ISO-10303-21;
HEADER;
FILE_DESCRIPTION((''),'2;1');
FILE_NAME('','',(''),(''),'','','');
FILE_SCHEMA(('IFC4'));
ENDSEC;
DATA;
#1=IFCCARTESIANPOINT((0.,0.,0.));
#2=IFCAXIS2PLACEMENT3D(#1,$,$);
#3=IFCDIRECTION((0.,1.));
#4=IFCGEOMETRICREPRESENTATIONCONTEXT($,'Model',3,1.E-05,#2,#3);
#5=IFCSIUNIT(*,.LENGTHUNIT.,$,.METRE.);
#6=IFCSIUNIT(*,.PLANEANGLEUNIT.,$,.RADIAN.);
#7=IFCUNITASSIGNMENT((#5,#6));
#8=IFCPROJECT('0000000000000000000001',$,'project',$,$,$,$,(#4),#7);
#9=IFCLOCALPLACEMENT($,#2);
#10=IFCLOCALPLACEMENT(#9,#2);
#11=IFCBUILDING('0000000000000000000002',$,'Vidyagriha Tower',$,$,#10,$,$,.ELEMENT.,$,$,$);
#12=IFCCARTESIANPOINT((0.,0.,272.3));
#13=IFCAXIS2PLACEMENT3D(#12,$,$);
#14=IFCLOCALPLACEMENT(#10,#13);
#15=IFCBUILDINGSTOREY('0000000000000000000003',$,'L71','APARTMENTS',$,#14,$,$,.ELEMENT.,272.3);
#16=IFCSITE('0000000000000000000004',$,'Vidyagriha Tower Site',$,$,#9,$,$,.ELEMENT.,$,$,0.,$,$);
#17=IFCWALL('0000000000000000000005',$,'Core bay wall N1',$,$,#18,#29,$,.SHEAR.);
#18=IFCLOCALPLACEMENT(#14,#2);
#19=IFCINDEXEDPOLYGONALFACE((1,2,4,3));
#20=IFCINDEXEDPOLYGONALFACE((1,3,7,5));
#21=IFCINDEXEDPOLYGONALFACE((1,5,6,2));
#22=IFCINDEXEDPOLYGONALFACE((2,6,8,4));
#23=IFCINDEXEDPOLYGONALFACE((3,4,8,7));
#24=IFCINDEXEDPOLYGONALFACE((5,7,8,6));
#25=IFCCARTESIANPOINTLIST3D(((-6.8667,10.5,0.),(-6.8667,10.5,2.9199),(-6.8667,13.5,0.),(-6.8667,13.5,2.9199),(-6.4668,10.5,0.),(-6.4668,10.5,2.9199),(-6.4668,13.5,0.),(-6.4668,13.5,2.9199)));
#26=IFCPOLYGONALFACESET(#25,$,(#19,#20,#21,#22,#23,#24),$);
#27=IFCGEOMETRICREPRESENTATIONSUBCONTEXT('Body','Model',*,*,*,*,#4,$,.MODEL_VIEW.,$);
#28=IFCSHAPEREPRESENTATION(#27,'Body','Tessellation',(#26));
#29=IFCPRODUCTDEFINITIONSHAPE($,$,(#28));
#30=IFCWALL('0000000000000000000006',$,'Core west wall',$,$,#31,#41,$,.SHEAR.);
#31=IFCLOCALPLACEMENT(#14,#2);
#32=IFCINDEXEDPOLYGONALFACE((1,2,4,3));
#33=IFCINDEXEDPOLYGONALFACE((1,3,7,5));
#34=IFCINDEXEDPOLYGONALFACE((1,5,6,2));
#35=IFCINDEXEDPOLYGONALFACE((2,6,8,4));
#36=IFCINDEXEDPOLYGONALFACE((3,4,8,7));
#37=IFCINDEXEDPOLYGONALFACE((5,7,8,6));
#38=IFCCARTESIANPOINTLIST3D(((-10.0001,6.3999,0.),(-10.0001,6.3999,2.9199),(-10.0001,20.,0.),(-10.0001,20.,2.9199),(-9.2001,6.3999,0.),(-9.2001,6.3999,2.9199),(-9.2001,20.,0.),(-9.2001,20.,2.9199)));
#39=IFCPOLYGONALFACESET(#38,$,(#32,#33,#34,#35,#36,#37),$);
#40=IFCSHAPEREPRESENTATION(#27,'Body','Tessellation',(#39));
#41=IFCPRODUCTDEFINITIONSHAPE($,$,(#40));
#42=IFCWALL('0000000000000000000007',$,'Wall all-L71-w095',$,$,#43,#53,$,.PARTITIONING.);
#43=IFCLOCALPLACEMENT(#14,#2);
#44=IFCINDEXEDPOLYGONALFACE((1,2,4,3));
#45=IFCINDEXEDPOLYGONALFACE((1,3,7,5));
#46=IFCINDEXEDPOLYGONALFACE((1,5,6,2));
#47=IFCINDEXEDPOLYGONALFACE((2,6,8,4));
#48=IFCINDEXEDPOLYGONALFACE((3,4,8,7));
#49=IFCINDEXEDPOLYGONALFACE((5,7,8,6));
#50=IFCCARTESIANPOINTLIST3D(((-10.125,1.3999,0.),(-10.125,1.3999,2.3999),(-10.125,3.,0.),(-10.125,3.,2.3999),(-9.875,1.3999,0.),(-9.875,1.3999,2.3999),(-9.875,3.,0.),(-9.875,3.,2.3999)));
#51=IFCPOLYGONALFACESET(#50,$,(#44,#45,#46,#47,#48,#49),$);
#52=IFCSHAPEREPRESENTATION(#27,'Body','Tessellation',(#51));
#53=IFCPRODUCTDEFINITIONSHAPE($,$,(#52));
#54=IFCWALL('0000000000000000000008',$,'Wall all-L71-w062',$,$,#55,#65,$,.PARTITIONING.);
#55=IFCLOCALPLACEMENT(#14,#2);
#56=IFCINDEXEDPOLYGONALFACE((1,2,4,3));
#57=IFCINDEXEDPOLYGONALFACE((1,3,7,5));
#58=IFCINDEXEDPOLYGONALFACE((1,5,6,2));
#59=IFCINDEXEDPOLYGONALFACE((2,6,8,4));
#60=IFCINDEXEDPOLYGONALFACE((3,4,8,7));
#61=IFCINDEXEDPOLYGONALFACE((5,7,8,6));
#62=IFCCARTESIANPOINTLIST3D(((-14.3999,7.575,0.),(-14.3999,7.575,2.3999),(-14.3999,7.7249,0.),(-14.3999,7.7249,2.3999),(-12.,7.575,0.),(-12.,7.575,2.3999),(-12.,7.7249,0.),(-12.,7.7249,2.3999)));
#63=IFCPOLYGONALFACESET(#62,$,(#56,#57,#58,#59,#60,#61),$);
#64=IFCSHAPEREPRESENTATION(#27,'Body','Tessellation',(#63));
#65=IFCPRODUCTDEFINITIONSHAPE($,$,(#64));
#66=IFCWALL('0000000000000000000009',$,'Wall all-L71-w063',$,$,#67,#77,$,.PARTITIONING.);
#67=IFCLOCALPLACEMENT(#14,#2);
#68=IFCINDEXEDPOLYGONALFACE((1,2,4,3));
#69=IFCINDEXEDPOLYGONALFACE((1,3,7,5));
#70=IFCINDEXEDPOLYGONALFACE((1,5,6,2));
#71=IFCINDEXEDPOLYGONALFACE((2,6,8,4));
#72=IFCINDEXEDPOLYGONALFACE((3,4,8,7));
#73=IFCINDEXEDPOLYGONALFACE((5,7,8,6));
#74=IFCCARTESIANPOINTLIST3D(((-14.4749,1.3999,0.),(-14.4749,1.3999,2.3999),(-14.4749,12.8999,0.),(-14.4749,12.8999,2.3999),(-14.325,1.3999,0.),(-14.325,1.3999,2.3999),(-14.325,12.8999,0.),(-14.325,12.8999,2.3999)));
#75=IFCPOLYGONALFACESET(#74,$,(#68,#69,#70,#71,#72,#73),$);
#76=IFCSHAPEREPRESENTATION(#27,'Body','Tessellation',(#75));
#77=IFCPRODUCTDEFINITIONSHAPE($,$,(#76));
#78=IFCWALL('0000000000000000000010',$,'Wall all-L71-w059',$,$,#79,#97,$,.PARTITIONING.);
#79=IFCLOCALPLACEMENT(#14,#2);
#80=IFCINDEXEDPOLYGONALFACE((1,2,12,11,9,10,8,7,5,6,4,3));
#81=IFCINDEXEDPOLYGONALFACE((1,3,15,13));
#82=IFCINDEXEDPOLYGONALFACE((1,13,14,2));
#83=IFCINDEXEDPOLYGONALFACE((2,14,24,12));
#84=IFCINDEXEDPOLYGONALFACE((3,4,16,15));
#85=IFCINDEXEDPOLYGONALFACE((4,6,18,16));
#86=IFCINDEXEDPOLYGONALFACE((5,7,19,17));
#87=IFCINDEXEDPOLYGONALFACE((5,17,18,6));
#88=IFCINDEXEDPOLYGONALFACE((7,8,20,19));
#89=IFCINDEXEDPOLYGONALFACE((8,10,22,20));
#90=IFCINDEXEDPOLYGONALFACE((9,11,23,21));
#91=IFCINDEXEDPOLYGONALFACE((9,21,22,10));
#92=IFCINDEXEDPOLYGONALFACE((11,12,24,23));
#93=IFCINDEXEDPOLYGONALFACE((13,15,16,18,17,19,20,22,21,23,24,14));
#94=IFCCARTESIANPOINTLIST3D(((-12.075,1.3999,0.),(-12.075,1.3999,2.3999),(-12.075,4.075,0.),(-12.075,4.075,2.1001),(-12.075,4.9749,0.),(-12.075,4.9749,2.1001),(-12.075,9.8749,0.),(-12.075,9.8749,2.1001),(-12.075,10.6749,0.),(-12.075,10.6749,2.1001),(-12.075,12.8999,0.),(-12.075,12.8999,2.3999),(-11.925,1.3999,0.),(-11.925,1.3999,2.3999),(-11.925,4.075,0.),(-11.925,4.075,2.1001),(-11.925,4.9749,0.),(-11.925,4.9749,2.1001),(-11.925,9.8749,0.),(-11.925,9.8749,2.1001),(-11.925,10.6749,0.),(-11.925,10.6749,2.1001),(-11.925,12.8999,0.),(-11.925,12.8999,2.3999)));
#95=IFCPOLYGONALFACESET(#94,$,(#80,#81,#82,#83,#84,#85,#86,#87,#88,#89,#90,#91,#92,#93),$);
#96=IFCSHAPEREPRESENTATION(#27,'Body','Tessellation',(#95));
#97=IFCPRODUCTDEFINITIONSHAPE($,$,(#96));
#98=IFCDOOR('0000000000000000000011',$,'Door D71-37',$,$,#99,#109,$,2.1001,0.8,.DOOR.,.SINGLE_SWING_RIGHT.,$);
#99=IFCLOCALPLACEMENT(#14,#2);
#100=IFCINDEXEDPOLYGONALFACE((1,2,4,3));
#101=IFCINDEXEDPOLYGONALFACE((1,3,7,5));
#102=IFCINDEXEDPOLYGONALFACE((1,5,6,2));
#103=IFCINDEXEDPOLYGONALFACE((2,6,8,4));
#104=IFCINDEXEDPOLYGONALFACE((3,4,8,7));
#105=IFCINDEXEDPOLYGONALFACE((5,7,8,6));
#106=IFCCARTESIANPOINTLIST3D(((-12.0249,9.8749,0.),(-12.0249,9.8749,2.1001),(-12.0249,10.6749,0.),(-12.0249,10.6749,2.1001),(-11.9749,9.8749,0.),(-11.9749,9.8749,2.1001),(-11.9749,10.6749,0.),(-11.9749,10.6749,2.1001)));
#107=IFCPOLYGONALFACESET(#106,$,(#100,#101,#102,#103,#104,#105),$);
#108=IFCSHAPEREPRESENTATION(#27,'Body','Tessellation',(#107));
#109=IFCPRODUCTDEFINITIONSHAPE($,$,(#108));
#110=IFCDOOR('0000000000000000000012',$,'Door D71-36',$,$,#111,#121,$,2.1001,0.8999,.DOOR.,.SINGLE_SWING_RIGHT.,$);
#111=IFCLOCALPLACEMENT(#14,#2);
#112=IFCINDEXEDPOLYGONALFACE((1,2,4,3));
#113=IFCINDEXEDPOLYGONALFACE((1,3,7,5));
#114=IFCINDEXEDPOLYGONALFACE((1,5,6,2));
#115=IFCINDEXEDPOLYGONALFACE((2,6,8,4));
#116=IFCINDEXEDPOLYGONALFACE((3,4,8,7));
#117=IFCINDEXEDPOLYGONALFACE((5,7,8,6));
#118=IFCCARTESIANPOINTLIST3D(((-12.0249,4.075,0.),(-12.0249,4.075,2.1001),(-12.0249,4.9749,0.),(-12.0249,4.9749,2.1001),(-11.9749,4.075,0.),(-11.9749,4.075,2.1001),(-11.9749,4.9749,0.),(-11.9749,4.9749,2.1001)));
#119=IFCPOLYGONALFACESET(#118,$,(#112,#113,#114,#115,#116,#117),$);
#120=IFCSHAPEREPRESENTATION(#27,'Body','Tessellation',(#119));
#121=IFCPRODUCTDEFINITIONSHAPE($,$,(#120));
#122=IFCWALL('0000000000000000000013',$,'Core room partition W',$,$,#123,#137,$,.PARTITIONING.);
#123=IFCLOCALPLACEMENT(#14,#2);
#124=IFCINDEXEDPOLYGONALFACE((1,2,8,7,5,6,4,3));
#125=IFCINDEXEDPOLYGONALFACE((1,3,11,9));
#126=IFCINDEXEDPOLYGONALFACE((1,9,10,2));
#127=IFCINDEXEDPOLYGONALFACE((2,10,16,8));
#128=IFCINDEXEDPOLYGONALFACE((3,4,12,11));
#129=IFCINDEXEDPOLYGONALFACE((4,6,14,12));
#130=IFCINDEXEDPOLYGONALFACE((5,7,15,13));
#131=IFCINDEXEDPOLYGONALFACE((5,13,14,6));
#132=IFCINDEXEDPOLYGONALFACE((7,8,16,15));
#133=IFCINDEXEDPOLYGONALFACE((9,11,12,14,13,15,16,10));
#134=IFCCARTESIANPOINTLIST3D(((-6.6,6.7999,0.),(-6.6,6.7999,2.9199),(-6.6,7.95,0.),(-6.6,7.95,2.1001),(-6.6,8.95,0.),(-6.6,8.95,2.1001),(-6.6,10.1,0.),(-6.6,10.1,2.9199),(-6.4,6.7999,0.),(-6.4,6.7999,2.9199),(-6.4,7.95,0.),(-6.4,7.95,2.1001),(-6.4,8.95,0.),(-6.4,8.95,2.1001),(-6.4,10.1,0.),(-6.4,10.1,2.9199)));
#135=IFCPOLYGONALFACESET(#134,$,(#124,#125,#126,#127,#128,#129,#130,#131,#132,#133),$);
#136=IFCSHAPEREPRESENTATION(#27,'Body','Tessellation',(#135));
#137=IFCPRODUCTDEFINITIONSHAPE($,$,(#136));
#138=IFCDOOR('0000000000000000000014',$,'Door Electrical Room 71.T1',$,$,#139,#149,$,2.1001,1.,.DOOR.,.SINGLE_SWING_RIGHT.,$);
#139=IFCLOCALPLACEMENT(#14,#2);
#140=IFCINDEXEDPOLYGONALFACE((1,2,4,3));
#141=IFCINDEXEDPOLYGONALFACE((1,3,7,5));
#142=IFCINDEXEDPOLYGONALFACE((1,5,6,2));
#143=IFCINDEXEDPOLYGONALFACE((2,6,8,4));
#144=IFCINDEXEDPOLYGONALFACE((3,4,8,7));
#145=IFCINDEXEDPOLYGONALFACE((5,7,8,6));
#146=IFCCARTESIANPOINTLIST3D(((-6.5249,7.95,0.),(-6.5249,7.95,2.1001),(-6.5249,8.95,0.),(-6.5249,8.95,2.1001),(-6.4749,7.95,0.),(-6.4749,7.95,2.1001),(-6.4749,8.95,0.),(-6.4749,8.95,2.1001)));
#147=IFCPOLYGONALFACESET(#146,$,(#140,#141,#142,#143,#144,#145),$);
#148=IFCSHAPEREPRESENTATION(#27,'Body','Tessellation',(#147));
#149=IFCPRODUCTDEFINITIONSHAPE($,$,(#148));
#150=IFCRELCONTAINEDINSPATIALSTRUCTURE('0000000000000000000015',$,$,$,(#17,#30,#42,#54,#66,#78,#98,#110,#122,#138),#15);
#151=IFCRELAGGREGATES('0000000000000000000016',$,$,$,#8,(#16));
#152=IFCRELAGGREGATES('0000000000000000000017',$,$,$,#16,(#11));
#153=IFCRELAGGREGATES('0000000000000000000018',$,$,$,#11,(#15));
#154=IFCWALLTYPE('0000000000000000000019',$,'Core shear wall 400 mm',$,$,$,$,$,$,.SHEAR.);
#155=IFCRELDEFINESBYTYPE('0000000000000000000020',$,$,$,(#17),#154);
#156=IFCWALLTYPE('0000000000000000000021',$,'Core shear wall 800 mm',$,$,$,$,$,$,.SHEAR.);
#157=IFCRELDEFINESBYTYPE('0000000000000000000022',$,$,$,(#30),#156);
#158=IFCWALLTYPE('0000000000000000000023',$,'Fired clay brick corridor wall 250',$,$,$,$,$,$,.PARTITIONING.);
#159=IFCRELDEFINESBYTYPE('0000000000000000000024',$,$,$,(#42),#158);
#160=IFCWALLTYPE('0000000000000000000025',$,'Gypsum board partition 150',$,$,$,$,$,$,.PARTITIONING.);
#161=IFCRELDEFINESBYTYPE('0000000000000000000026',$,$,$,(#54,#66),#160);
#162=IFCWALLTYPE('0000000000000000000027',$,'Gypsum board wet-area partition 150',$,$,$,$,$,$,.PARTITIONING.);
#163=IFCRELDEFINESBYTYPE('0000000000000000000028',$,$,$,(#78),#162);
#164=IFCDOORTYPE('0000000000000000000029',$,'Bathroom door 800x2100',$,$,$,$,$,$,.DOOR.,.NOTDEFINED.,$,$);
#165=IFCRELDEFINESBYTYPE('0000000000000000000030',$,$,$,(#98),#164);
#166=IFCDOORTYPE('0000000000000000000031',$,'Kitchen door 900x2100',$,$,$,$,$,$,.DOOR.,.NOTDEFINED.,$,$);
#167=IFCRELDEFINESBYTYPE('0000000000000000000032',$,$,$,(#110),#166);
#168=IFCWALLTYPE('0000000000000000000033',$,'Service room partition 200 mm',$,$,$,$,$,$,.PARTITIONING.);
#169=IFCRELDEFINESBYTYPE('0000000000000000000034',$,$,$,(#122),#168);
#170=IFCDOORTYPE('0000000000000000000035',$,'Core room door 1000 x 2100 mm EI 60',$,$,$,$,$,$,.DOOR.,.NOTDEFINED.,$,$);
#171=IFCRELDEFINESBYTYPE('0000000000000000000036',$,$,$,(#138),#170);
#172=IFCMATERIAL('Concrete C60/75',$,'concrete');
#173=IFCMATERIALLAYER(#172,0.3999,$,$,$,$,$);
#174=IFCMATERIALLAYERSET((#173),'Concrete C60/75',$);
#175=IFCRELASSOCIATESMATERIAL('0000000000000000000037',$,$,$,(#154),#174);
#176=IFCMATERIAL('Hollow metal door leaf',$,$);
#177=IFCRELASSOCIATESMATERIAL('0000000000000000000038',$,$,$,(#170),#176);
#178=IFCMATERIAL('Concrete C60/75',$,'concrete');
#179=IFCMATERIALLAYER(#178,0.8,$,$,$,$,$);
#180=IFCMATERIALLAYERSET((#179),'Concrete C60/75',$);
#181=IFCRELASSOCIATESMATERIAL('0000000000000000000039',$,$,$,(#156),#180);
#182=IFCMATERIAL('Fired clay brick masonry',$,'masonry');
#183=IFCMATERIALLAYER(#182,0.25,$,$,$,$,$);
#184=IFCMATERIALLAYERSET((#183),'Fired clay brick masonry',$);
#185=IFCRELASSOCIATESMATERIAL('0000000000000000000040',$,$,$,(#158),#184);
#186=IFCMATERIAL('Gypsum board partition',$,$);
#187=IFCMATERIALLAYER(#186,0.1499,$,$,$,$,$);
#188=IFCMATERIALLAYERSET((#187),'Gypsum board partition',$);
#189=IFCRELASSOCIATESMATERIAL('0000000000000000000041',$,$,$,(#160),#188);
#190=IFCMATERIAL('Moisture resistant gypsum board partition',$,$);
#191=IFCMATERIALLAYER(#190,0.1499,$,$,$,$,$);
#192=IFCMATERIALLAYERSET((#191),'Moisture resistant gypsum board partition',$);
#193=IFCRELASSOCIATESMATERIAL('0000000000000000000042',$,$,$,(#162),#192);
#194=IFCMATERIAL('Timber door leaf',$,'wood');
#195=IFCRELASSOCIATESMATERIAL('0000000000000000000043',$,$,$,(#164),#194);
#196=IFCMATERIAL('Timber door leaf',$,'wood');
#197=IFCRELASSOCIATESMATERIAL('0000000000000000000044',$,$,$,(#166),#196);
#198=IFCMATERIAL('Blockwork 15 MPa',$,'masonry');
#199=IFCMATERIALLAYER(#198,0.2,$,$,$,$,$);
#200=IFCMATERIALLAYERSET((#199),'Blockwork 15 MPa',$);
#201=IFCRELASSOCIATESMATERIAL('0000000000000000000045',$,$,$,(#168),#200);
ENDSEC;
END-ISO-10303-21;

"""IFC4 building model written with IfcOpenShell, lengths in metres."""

from ifc_helpers import new_model, si_unit, direction, frame, frame_2d, origin, place, context, subcontext, project, spatial, rectangle, extrude, material, layer, layer_set, type_object, element, fill, save


model = new_model("IFC4")

# Units and contexts
model_context = context("Model", 3, precision=1e-05, world=origin(), true_north=direction((0.0, 1.0)))
body_context = subcontext(model_context, "Body", "Model", "MODEL_VIEW")
ifc_project = project(units=[si_unit("LENGTHUNIT", "METRE"), si_unit("PLANEANGLEUNIT", "RADIAN")], contexts=[model_context])

# Site, building, storey
site_placement = place(None, origin())
site = spatial("IfcSite", under=ifc_project, at=site_placement, Name="Vidyagriha Tower Site", CompositionType="ELEMENT", RefElevation=0.0)
building_placement = place(site_placement, origin())
building = spatial("IfcBuilding", under=site, at=building_placement, Name="Vidyagriha Tower", CompositionType="ELEMENT")
storey_placement = place(building_placement, frame((0.0, 0.0, 272.3)))
storey = spatial("IfcBuildingStorey", under=building, at=storey_placement, Name="L71", Description="APARTMENTS", CompositionType="ELEMENT", Elevation=272.3)

# Shared definitions
ifc_material_1 = material(Name="Concrete C60/75", Category="concrete")
ifc_layer_1 = layer(ifc_material_1, 0.3999)
ifc_layer_set_1 = layer_set([ifc_layer_1], Name="Concrete C60/75")
wall_type_1 = type_object("IfcWallType", Name="Core shear wall 400 mm", PredefinedType="SHEAR", material=ifc_layer_set_1)
ifc_material_2 = material(Name="Hollow metal door leaf")
door_type_1 = type_object("IfcDoorType", Name="Core room door 1000 x 2100 mm EI 60", OperationType="NOTDEFINED", PredefinedType="DOOR", material=ifc_material_2)

# Walls
wall_1_placement = place(storey_placement, frame((-6.6667, 10.5, 0.0), z_axis=(0.0, 0.0, 1.0), x_axis=(0.0, 1.0, 0.0)))
element("IfcWall", 1, at=wall_1_placement, inside=storey, type_object=wall_type_1, Name="Core bay wall N1", PredefinedType="SHEAR", context=body_context, shape_type="SweptSolid", body=[
    extrude(rectangle(XDim=3.0, YDim=0.3999, at=frame_2d((1.5, 0.0))), origin(), (0.0, 0.0, 1.0), 2.9199),
])
ifc_material_3 = material(Name="Concrete C60/75", Category="concrete")
ifc_layer_2 = layer(ifc_material_3, 0.8)
ifc_layer_set_2 = layer_set([ifc_layer_2], Name="Concrete C60/75")
wall_type_2 = type_object("IfcWallType", Name="Core shear wall 800 mm", PredefinedType="SHEAR", material=ifc_layer_set_2)
wall_2_placement = place(storey_placement, frame((-9.6001, 6.3999, 0.0), z_axis=(0.0, 0.0, 1.0), x_axis=(0.0, 1.0, 0.0)))
element("IfcWall", 2, at=wall_2_placement, inside=storey, type_object=wall_type_2, Name="Core west wall", PredefinedType="SHEAR", context=body_context, shape_type="SweptSolid", body=[
    extrude(rectangle(XDim=13.6001, YDim=0.8, at=frame_2d((6.8, 0.0))), origin(), (0.0, 0.0, 1.0), 2.9199),
])
ifc_material_4 = material(Name="Fired clay brick masonry", Category="masonry")
ifc_layer_3 = layer(ifc_material_4, 0.25)
ifc_layer_set_3 = layer_set([ifc_layer_3], Name="Fired clay brick masonry")
wall_type_3 = type_object("IfcWallType", Name="Fired clay brick corridor wall 250", PredefinedType="PARTITIONING", material=ifc_layer_set_3)
wall_3_placement = place(storey_placement, frame((-10.0, 3.0, 0.0), z_axis=(0.0, 0.0, 1.0), x_axis=(0.0, -1.0, 0.0)))
element("IfcWall", 3, at=wall_3_placement, inside=storey, type_object=wall_type_3, Name="Wall all-L71-w095", PredefinedType="PARTITIONING", context=body_context, shape_type="SweptSolid", body=[
    extrude(rectangle(XDim=1.6001, YDim=0.25, at=frame_2d((0.8, 0.0))), origin(), (0.0, 0.0, 1.0), 2.3999),
])
ifc_material_5 = material(Name="Gypsum board partition")
ifc_layer_4 = layer(ifc_material_5, 0.1499)
ifc_layer_set_4 = layer_set([ifc_layer_4], Name="Gypsum board partition")
wall_type_4 = type_object("IfcWallType", Name="Gypsum board partition 150", PredefinedType="PARTITIONING", material=ifc_layer_set_4)
wall_4_placement = place(storey_placement, frame((-14.3999, 7.6499, 0.0)))
element("IfcWall", 4, at=wall_4_placement, inside=storey, type_object=wall_type_4, Name="Wall all-L71-w062", PredefinedType="PARTITIONING", context=body_context, shape_type="SweptSolid", body=[
    extrude(rectangle(XDim=2.3999, YDim=0.1499, at=frame_2d((1.2, 0.0))), origin(), (0.0, 0.0, 1.0), 2.3999),
])
wall_5_placement = place(storey_placement, frame((-14.3999, 1.3999, 0.0), z_axis=(0.0, 0.0, 1.0), x_axis=(0.0, 1.0, 0.0)))
element("IfcWall", 5, at=wall_5_placement, inside=storey, type_object=wall_type_4, Name="Wall all-L71-w063", PredefinedType="PARTITIONING", context=body_context, shape_type="SweptSolid", body=[
    extrude(rectangle(XDim=11.5, YDim=0.1499, at=frame_2d((5.75, 0.0))), origin(), (0.0, 0.0, 1.0), 2.3999),
])

# Wall, openings, doors
ifc_material_6 = material(Name="Moisture resistant gypsum board partition")
ifc_layer_5 = layer(ifc_material_6, 0.1499)
ifc_layer_set_5 = layer_set([ifc_layer_5], Name="Moisture resistant gypsum board partition")
wall_type_5 = type_object("IfcWallType", Name="Gypsum board wet-area partition 150", PredefinedType="PARTITIONING", material=ifc_layer_set_5)
wall_6_placement = place(storey_placement, frame((-12.0, 1.3999, 0.0), z_axis=(0.0, 0.0, 1.0), x_axis=(0.0, 1.0, 0.0)))
wall_6 = element("IfcWall", 6, at=wall_6_placement, inside=storey, type_object=wall_type_5, Name="Wall all-L71-w059", PredefinedType="PARTITIONING", context=body_context, shape_type="SweptSolid", body=[
    extrude(rectangle(XDim=11.5, YDim=0.1499, at=frame_2d((5.75, 0.0))), origin(), (0.0, 0.0, 1.0), 2.3999),
])
opening_1_placement = place(wall_6_placement, frame((2.675, 0.0, 0.0)))
opening_1 = element("IfcOpeningElement", 7, at=opening_1_placement, cuts=wall_6, PredefinedType="OPENING", context=body_context, shape_type="SweptSolid", body=[
    extrude(rectangle(XDim=0.8999, YDim=2.1001, at=frame_2d((0.45, 1.05))), frame((0.0, 0.085, 0.0), z_axis=(0.0, -1.0, 0.0), x_axis=(1.0, 0.0, 0.0)), (0.0, 0.0, 1.0), 0.1699),
])
opening_2_placement = place(wall_6_placement, frame((8.4751, 0.0, 0.0)))
opening_2 = element("IfcOpeningElement", 8, at=opening_2_placement, cuts=wall_6, PredefinedType="OPENING", context=body_context, shape_type="SweptSolid", body=[
    extrude(rectangle(XDim=0.8, YDim=2.1001, at=frame_2d((0.3999, 1.05))), frame((0.0, 0.085, 0.0), z_axis=(0.0, -1.0, 0.0), x_axis=(1.0, 0.0, 0.0)), (0.0, 0.0, 1.0), 0.1699),
])
ifc_material_7 = material(Name="Timber door leaf", Category="wood")
door_type_2 = type_object("IfcDoorType", Name="Bathroom door 800x2100", OperationType="NOTDEFINED", PredefinedType="DOOR", material=ifc_material_7)
door_1_placement = place(opening_2_placement, origin())
door_1 = element("IfcDoor", 9, at=door_1_placement, inside=storey, type_object=door_type_2, Name="Door D71-37", OperationType="SINGLE_SWING_RIGHT", OverallHeight=2.1001, OverallWidth=0.8, PredefinedType="DOOR", context=body_context, shape_type="SweptSolid", body=[
    extrude(rectangle(XDim=0.8, YDim=2.1001, at=frame_2d((0.3999, 1.05))), frame((0.0, 0.0249, 0.0), z_axis=(0.0, -1.0, 0.0), x_axis=(1.0, 0.0, 0.0)), (0.0, 0.0, 1.0), 0.05),
])
fill(opening_2, door_1)
ifc_material_8 = material(Name="Timber door leaf", Category="wood")
door_type_3 = type_object("IfcDoorType", Name="Kitchen door 900x2100", OperationType="NOTDEFINED", PredefinedType="DOOR", material=ifc_material_8)
door_2_placement = place(opening_1_placement, origin())
door_2 = element("IfcDoor", 10, at=door_2_placement, inside=storey, type_object=door_type_3, Name="Door D71-36", OperationType="SINGLE_SWING_RIGHT", OverallHeight=2.1001, OverallWidth=0.8999, PredefinedType="DOOR", context=body_context, shape_type="SweptSolid", body=[
    extrude(rectangle(XDim=0.8999, YDim=2.1001, at=frame_2d((0.45, 1.05))), frame((0.0, 0.0249, 0.0), z_axis=(0.0, -1.0, 0.0), x_axis=(1.0, 0.0, 0.0)), (0.0, 0.0, 1.0), 0.05),
])
fill(opening_1, door_2)

# Wall, opening, door
ifc_material_9 = material(Name="Blockwork 15 MPa", Category="masonry")
ifc_layer_6 = layer(ifc_material_9, 0.2)
ifc_layer_set_6 = layer_set([ifc_layer_6], Name="Blockwork 15 MPa")
wall_type_6 = type_object("IfcWallType", Name="Service room partition 200 mm", PredefinedType="PARTITIONING", material=ifc_layer_set_6)
wall_7_placement = place(storey_placement, frame((-6.5, 6.8, 0.0), z_axis=(0.0, 0.0, 1.0), x_axis=(0.0, 1.0, 0.0)))
wall_7 = element("IfcWall", 11, at=wall_7_placement, inside=storey, type_object=wall_type_6, Name="Core room partition W", PredefinedType="PARTITIONING", context=body_context, shape_type="SweptSolid", body=[
    extrude(rectangle(XDim=3.3, YDim=0.2, at=frame_2d((1.6499, 0.0))), origin(), (0.0, 0.0, 1.0), 2.9199),
])
opening_3_placement = place(wall_7_placement, frame((1.1499, 0.0, 0.0)))
opening_3 = element("IfcOpeningElement", 12, at=opening_3_placement, cuts=wall_7, PredefinedType="OPENING", context=body_context, shape_type="SweptSolid", body=[
    extrude(rectangle(XDim=1.0, YDim=2.1001, at=frame_2d((0.5, 1.05))), frame((0.0, 0.1099, 0.0), z_axis=(0.0, -1.0, 0.0), x_axis=(1.0, 0.0, 0.0)), (0.0, 0.0, 1.0), 0.22),
])
door_3_placement = place(opening_3_placement, origin())
door_3 = element("IfcDoor", 13, at=door_3_placement, inside=storey, type_object=door_type_1, Name="Door Electrical Room 71.T1", OperationType="SINGLE_SWING_RIGHT", OverallHeight=2.1001, OverallWidth=1.0, PredefinedType="DOOR", context=body_context, shape_type="SweptSolid", body=[
    extrude(rectangle(XDim=1.0, YDim=2.1001, at=frame_2d((0.5, 1.05))), frame((0.0, 0.0249, 0.0), z_axis=(0.0, -1.0, 0.0), x_axis=(1.0, 0.0, 0.0)), (0.0, 0.0, 1.0), 0.05),
])
fill(opening_3, door_3)

save(model, "model.ifc")
